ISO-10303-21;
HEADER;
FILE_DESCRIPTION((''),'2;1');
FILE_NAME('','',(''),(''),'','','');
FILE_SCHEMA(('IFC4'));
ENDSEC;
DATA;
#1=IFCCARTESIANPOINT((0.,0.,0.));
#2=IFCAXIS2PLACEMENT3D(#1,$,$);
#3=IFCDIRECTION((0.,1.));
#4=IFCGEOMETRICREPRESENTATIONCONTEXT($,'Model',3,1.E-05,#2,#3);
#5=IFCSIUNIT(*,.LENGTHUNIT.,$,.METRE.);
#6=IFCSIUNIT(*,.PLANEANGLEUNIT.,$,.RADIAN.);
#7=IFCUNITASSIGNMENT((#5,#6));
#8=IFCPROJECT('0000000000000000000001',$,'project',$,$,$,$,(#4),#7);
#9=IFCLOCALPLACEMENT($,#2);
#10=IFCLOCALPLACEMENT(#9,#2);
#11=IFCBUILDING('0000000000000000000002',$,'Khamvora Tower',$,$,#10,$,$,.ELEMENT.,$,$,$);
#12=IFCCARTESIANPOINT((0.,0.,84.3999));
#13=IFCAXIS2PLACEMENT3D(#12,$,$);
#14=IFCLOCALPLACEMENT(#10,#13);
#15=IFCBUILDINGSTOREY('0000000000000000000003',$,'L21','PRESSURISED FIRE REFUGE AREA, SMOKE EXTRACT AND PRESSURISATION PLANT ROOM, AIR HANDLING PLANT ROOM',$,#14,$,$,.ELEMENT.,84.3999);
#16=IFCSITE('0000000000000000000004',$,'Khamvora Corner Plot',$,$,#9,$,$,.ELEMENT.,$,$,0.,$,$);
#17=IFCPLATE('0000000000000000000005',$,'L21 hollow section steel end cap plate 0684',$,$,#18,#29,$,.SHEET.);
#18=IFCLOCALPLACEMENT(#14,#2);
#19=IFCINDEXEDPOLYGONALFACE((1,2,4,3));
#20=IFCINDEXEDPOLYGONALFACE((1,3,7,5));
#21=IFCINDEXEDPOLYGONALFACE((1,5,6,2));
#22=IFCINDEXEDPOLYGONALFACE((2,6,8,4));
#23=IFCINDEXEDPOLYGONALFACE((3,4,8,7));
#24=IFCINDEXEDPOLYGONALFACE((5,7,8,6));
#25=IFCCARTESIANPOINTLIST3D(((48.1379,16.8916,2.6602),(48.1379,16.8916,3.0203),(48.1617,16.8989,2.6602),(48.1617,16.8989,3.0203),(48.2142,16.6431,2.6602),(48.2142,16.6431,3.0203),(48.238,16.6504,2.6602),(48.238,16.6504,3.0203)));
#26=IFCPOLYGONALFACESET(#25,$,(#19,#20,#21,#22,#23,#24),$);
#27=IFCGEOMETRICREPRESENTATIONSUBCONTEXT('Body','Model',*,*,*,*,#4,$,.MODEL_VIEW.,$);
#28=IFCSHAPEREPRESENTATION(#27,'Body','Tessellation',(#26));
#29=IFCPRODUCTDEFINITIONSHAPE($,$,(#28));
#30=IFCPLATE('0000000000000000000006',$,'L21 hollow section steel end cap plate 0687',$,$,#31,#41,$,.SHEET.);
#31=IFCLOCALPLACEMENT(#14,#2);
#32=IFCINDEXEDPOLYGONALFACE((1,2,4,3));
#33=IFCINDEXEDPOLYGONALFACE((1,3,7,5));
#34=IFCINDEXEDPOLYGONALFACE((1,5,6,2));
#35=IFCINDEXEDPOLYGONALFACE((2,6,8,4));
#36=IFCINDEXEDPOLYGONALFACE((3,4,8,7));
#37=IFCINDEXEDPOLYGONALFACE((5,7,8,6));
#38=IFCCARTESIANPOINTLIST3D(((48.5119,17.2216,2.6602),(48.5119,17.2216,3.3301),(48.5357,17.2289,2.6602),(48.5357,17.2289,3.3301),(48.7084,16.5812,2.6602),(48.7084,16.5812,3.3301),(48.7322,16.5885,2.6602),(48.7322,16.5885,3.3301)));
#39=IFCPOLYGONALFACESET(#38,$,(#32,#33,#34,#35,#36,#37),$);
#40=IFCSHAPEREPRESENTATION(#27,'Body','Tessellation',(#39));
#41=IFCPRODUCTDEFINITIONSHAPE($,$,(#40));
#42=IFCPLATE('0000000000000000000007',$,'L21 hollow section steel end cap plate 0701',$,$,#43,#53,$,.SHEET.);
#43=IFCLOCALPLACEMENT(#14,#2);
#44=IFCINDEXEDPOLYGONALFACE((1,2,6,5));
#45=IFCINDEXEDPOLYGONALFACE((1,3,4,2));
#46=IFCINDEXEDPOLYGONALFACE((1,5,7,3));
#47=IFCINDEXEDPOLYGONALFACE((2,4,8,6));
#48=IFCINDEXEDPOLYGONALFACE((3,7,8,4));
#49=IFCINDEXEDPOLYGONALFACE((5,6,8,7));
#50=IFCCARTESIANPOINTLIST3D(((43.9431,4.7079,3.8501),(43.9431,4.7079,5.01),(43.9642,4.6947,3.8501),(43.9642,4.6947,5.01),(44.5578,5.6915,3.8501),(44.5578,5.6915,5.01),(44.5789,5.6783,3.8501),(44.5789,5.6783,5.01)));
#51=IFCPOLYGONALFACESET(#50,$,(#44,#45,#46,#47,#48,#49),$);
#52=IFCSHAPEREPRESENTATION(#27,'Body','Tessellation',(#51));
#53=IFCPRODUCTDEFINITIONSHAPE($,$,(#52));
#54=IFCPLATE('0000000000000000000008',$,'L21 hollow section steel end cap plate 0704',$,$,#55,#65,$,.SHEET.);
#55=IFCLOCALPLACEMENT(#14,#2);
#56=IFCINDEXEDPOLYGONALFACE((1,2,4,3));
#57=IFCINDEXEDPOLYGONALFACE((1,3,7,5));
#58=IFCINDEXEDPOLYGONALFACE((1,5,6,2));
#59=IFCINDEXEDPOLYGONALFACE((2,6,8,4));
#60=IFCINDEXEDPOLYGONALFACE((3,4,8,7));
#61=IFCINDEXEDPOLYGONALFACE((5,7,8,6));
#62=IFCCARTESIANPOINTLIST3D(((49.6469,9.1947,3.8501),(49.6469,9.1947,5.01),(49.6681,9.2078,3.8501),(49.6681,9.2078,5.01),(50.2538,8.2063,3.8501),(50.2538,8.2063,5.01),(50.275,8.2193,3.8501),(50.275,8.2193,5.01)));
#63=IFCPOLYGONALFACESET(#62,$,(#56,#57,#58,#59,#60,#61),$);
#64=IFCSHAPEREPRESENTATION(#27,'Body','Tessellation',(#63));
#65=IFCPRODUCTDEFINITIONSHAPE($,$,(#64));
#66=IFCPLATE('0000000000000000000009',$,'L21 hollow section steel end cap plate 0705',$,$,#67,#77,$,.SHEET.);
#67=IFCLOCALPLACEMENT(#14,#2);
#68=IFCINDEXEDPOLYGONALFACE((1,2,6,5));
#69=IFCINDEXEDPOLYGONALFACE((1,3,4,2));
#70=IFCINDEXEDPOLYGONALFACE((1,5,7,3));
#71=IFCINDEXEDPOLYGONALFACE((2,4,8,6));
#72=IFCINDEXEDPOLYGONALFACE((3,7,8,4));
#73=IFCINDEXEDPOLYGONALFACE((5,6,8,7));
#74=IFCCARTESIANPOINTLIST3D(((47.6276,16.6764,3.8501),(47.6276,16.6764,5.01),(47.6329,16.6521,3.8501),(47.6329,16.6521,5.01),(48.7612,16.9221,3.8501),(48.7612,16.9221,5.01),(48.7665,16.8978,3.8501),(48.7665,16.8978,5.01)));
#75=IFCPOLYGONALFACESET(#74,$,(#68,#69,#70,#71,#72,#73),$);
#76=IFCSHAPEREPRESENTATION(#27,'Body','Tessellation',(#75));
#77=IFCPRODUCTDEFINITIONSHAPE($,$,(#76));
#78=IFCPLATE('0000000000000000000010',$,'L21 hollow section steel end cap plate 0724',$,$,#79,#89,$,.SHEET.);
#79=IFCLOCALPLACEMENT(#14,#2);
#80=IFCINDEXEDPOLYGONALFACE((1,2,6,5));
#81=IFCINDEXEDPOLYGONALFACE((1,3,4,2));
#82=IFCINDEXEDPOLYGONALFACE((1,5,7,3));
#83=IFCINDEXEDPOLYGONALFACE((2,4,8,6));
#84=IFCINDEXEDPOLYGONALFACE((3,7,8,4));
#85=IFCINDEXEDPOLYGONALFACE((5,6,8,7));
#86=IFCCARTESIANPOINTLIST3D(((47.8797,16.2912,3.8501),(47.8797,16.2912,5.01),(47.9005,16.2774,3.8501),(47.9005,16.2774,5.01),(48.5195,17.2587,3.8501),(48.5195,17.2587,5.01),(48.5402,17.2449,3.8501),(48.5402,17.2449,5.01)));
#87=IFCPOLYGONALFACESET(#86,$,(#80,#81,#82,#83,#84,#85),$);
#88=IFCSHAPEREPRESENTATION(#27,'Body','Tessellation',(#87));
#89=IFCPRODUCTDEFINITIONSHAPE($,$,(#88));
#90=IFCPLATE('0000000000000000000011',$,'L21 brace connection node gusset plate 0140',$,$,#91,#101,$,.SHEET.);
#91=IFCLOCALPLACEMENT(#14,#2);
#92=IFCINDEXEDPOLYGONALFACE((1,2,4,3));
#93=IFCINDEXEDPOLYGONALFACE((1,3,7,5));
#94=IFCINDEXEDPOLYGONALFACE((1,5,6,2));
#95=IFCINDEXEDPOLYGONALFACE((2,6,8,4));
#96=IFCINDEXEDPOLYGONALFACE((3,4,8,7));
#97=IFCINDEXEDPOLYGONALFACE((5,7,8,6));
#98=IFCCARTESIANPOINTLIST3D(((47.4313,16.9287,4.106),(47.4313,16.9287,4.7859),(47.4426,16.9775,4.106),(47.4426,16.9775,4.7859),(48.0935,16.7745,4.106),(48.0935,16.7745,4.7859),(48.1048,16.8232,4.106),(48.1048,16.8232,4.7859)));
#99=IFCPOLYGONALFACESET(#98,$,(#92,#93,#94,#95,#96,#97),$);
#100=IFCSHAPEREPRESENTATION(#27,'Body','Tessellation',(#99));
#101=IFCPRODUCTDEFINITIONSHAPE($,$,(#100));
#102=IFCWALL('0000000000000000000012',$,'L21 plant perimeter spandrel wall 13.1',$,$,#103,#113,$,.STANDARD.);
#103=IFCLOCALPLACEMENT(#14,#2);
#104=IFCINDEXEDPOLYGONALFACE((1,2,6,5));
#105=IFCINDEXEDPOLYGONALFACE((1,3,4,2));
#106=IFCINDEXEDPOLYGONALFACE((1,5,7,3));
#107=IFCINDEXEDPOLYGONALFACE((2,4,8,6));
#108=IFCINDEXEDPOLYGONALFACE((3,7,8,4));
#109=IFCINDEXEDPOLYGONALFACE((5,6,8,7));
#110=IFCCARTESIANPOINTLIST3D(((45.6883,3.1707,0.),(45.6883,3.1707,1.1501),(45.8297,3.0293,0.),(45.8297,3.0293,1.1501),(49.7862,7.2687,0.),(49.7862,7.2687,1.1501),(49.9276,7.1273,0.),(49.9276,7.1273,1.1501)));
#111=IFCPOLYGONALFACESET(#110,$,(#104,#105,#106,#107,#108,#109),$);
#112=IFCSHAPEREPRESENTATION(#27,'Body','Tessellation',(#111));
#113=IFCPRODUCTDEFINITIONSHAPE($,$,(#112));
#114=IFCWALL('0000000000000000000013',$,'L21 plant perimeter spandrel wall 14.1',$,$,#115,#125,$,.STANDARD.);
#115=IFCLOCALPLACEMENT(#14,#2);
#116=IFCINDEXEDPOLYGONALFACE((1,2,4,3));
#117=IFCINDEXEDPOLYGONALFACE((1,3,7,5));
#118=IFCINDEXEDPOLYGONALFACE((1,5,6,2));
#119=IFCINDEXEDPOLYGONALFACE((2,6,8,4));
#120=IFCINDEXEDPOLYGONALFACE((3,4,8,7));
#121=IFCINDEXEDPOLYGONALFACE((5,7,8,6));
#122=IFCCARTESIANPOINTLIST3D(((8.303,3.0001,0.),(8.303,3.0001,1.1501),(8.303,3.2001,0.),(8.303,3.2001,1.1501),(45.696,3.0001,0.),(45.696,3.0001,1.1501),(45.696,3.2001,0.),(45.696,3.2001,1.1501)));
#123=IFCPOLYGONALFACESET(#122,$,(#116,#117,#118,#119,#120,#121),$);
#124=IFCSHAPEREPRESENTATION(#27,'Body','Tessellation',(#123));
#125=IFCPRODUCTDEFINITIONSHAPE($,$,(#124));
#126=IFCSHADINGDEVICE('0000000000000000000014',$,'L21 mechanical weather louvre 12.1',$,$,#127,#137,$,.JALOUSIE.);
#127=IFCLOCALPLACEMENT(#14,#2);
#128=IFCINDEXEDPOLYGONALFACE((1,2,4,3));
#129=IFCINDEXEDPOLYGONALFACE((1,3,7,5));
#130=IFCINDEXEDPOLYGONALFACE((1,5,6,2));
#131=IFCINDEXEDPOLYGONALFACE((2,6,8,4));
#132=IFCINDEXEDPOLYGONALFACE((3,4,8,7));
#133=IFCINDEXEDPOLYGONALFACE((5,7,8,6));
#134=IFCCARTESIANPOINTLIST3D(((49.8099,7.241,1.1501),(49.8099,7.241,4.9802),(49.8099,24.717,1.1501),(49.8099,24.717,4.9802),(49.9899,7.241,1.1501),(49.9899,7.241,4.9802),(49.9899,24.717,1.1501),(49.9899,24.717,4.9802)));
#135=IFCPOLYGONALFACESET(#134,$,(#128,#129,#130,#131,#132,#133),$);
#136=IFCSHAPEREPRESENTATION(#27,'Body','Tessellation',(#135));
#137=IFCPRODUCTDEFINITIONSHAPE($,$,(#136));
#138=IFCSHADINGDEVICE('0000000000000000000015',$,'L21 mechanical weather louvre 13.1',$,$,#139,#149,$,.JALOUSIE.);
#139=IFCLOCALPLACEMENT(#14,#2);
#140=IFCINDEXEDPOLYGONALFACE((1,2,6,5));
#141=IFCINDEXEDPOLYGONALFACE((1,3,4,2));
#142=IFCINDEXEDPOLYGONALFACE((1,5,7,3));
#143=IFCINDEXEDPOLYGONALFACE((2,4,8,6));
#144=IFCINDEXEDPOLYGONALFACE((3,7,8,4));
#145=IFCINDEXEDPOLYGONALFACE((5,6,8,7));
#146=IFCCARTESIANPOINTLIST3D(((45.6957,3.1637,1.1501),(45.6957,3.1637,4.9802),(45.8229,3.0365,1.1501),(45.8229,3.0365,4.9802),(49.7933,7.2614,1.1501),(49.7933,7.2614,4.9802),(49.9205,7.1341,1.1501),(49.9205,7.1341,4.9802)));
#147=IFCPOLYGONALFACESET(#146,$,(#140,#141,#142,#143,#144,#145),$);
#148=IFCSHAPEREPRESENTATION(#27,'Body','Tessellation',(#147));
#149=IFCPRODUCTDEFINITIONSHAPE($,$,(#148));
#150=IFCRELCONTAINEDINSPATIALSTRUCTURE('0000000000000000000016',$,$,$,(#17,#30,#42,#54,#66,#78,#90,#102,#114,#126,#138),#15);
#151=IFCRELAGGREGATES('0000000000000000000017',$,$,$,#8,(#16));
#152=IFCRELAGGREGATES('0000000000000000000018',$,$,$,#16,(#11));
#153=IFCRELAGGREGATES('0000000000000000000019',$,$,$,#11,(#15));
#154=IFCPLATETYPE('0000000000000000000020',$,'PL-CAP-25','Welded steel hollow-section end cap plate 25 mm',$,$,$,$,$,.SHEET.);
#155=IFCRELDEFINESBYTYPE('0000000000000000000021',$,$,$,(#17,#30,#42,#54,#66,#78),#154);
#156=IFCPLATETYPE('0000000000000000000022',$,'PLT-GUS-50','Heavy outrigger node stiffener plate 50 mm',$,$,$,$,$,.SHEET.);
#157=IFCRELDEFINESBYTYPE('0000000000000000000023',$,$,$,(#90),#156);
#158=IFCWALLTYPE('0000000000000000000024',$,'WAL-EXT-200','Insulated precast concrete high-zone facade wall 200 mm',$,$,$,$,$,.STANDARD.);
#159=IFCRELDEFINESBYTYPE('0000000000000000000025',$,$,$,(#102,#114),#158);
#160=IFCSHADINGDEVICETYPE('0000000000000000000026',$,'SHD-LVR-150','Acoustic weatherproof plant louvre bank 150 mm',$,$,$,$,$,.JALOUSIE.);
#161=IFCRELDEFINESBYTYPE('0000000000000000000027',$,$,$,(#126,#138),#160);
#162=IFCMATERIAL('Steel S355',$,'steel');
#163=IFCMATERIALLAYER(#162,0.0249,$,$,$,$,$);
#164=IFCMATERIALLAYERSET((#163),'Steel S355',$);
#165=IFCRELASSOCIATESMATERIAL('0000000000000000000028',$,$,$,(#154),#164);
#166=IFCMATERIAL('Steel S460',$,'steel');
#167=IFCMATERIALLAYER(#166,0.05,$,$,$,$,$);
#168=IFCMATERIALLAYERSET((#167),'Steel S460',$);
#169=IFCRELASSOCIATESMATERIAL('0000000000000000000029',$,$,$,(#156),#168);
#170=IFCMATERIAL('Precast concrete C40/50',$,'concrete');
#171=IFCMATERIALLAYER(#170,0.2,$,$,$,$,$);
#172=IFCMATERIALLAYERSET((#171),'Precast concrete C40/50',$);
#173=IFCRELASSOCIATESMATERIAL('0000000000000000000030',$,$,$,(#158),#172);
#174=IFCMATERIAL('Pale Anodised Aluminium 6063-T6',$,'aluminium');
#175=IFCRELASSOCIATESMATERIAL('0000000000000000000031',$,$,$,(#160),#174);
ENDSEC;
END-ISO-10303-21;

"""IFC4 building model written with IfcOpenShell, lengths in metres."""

from ifc_helpers import new_model, si_unit, direction, frame, frame_2d, origin, origin_2d, place, context, subcontext, project, spatial, rectangle, extrude, material, layer, layer_set, type_object, element, save


model = new_model("IFC4")

# Units and contexts
model_context = context("Model", 3, precision=1e-05, world=origin(), true_north=direction((0.0, 1.0)))
body_context = subcontext(model_context, "Body", "Model", "MODEL_VIEW")
ifc_project = project(units=[si_unit("LENGTHUNIT", "METRE"), si_unit("PLANEANGLEUNIT", "RADIAN")], contexts=[model_context])

# Site, building, storey
site_placement = place(None, origin())
site = spatial("IfcSite", under=ifc_project, at=site_placement, Name="Khamvora Corner Plot", CompositionType="ELEMENT", RefElevation=0.0)
building_placement = place(site_placement, origin())
building = spatial("IfcBuilding", under=site, at=building_placement, Name="Khamvora Tower", CompositionType="ELEMENT")
storey_placement = place(building_placement, frame((0.0, 0.0, 84.3999)))
storey = spatial("IfcBuildingStorey", under=building, at=storey_placement, Name="L21", Description="PRESSURISED FIRE REFUGE AREA, SMOKE EXTRACT AND PRESSURISATION PLANT ROOM, AIR HANDLING PLANT ROOM", CompositionType="ELEMENT", Elevation=84.3999)

# Shared definitions
ifc_material_1 = material(Name="Steel S355", Category="steel")

# Shared definitions
ifc_material_2 = material(Name="Steel S460", Category="steel")

# Plates
ifc_layer_1 = layer(ifc_material_1, 0.0249)
ifc_layer_set_1 = layer_set([ifc_layer_1], Name="Steel S355")
plate_type_1 = type_object("IfcPlateType", Name="PL-CAP-25", Description="Welded steel hollow-section end cap plate 25 mm", PredefinedType="SHEET", material=ifc_layer_set_1)
plate_1_placement = place(storey_placement, frame((48.188, 16.771, 2.6602), z_axis=(0.0, 0.0, 1.0), x_axis=(0.955962, 0.29349, 0.0)))
element("IfcPlate", 1, at=plate_1_placement, inside=storey, type_object=plate_type_1, Name="L21 hollow section steel end cap plate 0684", PredefinedType="SHEET", context=body_context, shape_type="SweptSolid", body=[
    extrude(rectangle(XDim=0.0249, YDim=0.26, at=origin_2d()), origin(), (0.0, 0.0, 1.0), 0.3601),
])
plate_2_placement = place(storey_placement, frame((48.6221, 16.905, 2.6602), z_axis=(0.0, 0.0, 1.0), x_axis=(0.955993, 0.29339, 0.0)))
element("IfcPlate", 2, at=plate_2_placement, inside=storey, type_object=plate_type_1, Name="L21 hollow section steel end cap plate 0687", PredefinedType="SHEET", context=body_context, shape_type="SweptSolid", body=[
    extrude(rectangle(XDim=0.0249, YDim=0.6699, at=origin_2d()), origin(), (0.0, 0.0, 1.0), 0.6699),
])
for number, where, z_axis, x_axis, name in (
    (3, (44.261, 5.1931, 3.8501), (0.0, 0.0, 1.0), (-0.848002, 0.529993, 0.0), "L21 hollow section steel end cap plate 0701"),
    (4, (49.9609, 8.707, 3.8501), (0.0, 0.0, 1.0), (0.852175, 0.523257, 0.0), "L21 hollow section steel end cap plate 0704"),
    (5, (48.197, 16.7871, 3.8501), (0.0, 0.0, 1.0), (0.211802, -0.977313, 0.0), "L21 hollow section steel end cap plate 0705"),
    (6, (48.21, 16.7681, 3.8501), (0.0, 0.0, 1.0), (-0.834117, 0.551588, 0.0), "L21 hollow section steel end cap plate 0724"),
):
    element("IfcPlate", number, at=place(storey_placement, frame(where, z_axis=z_axis, x_axis=x_axis)), inside=storey, type_object=plate_type_1, Name=name, PredefinedType="SHEET", context=body_context, shape_type="SweptSolid", body=[
        extrude(rectangle(XDim=0.0249, YDim=1.1599, at=origin_2d()), origin(), (0.0, 0.0, 1.0), 1.1599),
    ])
ifc_layer_2 = layer(ifc_material_2, 0.05)
ifc_layer_set_2 = layer_set([ifc_layer_2], Name="Steel S460")
plate_type_2 = type_object("IfcPlateType", Name="PLT-GUS-50", Description="Heavy outrigger node stiffener plate 50 mm", PredefinedType="SHEET", material=ifc_layer_set_2)
plate_3_placement = place(storey_placement, frame((47.7681, 16.876, 4.106), z_axis=(0.0, 0.0, 1.0), x_axis=(0.973925, -0.226872, 0.0)))
element("IfcPlate", 7, at=plate_3_placement, inside=storey, type_object=plate_type_2, Name="L21 brace connection node gusset plate 0140", PredefinedType="SHEET", context=body_context, shape_type="SweptSolid", body=[
    extrude(rectangle(XDim=0.6799, YDim=0.05, at=origin_2d()), origin(), (0.0, 0.0, 1.0), 0.6799),
])

# Walls
ifc_material_3 = material(Name="Precast concrete C40/50", Category="concrete")
ifc_layer_3 = layer(ifc_material_3, 0.2)
ifc_layer_set_3 = layer_set([ifc_layer_3], Name="Precast concrete C40/50")
wall_type = type_object("IfcWallType", Name="WAL-EXT-200", Description="Insulated precast concrete high-zone facade wall 200 mm", PredefinedType="STANDARD", material=ifc_layer_set_3)
wall_1_placement = place(storey_placement, frame((49.8569, 7.198, 0.0), z_axis=(0.0, 0.0, 1.0), x_axis=(-0.707107, -0.707107, 0.0)))
element("IfcWall", 8, at=wall_1_placement, inside=storey, type_object=wall_type, Name="L21 plant perimeter spandrel wall 13.1", PredefinedType="STANDARD", context=body_context, shape_type="SweptSolid", body=[
    extrude(rectangle(XDim=5.7954, YDim=0.2, at=frame_2d((2.8977, 0.0))), origin(), (0.0, 0.0, 1.0), 1.1501),
])
wall_2_placement = place(storey_placement, frame((45.696, 3.1001, 0.0), z_axis=(0.0, 0.0, 1.0), x_axis=(-1.0, 0.0, 0.0)))
element("IfcWall", 9, at=wall_2_placement, inside=storey, type_object=wall_type, Name="L21 plant perimeter spandrel wall 14.1", PredefinedType="STANDARD", context=body_context, shape_type="SweptSolid", body=[
    extrude(rectangle(XDim=37.3931, YDim=0.2, at=frame_2d((18.6965, 0.0))), origin(), (0.0, 0.0, 1.0), 1.1501),
])

# Shading devices
ifc_material_4 = material(Name="Pale Anodised Aluminium 6063-T6", Category="aluminium")
shading_device_type = type_object("IfcShadingDeviceType", Name="SHD-LVR-150", Description="Acoustic weatherproof plant louvre bank 150 mm", PredefinedType="JALOUSIE", material=ifc_material_4)
shading_device_1_placement = place(storey_placement, frame((49.8999, 15.979, 1.1501), z_axis=(0.0, 0.0, 1.0), x_axis=(0.0, -1.0, 0.0)))
element("IfcShadingDevice", 10, at=shading_device_1_placement, inside=storey, type_object=shading_device_type, Name="L21 mechanical weather louvre 12.1", PredefinedType="JALOUSIE", context=body_context, shape_type="SweptSolid", body=[
    extrude(rectangle(XDim=17.4761, YDim=0.1799, at=origin_2d()), origin(), (0.0, 0.0, 1.0), 3.8301),
])
shading_device_2_placement = place(storey_placement, frame((47.8081, 5.1489, 1.1501), z_axis=(0.0, 0.0, 1.0), x_axis=(-0.707107, -0.707107, 0.0)))
element("IfcShadingDevice", 11, at=shading_device_2_placement, inside=storey, type_object=shading_device_type, Name="L21 mechanical weather louvre 13.1", PredefinedType="JALOUSIE", context=body_context, shape_type="SweptSolid", body=[
    extrude(rectangle(XDim=5.7949, YDim=0.1799, at=origin_2d()), origin(), (0.0, 0.0, 1.0), 3.8301),
])

save(model, "model.ifc")
